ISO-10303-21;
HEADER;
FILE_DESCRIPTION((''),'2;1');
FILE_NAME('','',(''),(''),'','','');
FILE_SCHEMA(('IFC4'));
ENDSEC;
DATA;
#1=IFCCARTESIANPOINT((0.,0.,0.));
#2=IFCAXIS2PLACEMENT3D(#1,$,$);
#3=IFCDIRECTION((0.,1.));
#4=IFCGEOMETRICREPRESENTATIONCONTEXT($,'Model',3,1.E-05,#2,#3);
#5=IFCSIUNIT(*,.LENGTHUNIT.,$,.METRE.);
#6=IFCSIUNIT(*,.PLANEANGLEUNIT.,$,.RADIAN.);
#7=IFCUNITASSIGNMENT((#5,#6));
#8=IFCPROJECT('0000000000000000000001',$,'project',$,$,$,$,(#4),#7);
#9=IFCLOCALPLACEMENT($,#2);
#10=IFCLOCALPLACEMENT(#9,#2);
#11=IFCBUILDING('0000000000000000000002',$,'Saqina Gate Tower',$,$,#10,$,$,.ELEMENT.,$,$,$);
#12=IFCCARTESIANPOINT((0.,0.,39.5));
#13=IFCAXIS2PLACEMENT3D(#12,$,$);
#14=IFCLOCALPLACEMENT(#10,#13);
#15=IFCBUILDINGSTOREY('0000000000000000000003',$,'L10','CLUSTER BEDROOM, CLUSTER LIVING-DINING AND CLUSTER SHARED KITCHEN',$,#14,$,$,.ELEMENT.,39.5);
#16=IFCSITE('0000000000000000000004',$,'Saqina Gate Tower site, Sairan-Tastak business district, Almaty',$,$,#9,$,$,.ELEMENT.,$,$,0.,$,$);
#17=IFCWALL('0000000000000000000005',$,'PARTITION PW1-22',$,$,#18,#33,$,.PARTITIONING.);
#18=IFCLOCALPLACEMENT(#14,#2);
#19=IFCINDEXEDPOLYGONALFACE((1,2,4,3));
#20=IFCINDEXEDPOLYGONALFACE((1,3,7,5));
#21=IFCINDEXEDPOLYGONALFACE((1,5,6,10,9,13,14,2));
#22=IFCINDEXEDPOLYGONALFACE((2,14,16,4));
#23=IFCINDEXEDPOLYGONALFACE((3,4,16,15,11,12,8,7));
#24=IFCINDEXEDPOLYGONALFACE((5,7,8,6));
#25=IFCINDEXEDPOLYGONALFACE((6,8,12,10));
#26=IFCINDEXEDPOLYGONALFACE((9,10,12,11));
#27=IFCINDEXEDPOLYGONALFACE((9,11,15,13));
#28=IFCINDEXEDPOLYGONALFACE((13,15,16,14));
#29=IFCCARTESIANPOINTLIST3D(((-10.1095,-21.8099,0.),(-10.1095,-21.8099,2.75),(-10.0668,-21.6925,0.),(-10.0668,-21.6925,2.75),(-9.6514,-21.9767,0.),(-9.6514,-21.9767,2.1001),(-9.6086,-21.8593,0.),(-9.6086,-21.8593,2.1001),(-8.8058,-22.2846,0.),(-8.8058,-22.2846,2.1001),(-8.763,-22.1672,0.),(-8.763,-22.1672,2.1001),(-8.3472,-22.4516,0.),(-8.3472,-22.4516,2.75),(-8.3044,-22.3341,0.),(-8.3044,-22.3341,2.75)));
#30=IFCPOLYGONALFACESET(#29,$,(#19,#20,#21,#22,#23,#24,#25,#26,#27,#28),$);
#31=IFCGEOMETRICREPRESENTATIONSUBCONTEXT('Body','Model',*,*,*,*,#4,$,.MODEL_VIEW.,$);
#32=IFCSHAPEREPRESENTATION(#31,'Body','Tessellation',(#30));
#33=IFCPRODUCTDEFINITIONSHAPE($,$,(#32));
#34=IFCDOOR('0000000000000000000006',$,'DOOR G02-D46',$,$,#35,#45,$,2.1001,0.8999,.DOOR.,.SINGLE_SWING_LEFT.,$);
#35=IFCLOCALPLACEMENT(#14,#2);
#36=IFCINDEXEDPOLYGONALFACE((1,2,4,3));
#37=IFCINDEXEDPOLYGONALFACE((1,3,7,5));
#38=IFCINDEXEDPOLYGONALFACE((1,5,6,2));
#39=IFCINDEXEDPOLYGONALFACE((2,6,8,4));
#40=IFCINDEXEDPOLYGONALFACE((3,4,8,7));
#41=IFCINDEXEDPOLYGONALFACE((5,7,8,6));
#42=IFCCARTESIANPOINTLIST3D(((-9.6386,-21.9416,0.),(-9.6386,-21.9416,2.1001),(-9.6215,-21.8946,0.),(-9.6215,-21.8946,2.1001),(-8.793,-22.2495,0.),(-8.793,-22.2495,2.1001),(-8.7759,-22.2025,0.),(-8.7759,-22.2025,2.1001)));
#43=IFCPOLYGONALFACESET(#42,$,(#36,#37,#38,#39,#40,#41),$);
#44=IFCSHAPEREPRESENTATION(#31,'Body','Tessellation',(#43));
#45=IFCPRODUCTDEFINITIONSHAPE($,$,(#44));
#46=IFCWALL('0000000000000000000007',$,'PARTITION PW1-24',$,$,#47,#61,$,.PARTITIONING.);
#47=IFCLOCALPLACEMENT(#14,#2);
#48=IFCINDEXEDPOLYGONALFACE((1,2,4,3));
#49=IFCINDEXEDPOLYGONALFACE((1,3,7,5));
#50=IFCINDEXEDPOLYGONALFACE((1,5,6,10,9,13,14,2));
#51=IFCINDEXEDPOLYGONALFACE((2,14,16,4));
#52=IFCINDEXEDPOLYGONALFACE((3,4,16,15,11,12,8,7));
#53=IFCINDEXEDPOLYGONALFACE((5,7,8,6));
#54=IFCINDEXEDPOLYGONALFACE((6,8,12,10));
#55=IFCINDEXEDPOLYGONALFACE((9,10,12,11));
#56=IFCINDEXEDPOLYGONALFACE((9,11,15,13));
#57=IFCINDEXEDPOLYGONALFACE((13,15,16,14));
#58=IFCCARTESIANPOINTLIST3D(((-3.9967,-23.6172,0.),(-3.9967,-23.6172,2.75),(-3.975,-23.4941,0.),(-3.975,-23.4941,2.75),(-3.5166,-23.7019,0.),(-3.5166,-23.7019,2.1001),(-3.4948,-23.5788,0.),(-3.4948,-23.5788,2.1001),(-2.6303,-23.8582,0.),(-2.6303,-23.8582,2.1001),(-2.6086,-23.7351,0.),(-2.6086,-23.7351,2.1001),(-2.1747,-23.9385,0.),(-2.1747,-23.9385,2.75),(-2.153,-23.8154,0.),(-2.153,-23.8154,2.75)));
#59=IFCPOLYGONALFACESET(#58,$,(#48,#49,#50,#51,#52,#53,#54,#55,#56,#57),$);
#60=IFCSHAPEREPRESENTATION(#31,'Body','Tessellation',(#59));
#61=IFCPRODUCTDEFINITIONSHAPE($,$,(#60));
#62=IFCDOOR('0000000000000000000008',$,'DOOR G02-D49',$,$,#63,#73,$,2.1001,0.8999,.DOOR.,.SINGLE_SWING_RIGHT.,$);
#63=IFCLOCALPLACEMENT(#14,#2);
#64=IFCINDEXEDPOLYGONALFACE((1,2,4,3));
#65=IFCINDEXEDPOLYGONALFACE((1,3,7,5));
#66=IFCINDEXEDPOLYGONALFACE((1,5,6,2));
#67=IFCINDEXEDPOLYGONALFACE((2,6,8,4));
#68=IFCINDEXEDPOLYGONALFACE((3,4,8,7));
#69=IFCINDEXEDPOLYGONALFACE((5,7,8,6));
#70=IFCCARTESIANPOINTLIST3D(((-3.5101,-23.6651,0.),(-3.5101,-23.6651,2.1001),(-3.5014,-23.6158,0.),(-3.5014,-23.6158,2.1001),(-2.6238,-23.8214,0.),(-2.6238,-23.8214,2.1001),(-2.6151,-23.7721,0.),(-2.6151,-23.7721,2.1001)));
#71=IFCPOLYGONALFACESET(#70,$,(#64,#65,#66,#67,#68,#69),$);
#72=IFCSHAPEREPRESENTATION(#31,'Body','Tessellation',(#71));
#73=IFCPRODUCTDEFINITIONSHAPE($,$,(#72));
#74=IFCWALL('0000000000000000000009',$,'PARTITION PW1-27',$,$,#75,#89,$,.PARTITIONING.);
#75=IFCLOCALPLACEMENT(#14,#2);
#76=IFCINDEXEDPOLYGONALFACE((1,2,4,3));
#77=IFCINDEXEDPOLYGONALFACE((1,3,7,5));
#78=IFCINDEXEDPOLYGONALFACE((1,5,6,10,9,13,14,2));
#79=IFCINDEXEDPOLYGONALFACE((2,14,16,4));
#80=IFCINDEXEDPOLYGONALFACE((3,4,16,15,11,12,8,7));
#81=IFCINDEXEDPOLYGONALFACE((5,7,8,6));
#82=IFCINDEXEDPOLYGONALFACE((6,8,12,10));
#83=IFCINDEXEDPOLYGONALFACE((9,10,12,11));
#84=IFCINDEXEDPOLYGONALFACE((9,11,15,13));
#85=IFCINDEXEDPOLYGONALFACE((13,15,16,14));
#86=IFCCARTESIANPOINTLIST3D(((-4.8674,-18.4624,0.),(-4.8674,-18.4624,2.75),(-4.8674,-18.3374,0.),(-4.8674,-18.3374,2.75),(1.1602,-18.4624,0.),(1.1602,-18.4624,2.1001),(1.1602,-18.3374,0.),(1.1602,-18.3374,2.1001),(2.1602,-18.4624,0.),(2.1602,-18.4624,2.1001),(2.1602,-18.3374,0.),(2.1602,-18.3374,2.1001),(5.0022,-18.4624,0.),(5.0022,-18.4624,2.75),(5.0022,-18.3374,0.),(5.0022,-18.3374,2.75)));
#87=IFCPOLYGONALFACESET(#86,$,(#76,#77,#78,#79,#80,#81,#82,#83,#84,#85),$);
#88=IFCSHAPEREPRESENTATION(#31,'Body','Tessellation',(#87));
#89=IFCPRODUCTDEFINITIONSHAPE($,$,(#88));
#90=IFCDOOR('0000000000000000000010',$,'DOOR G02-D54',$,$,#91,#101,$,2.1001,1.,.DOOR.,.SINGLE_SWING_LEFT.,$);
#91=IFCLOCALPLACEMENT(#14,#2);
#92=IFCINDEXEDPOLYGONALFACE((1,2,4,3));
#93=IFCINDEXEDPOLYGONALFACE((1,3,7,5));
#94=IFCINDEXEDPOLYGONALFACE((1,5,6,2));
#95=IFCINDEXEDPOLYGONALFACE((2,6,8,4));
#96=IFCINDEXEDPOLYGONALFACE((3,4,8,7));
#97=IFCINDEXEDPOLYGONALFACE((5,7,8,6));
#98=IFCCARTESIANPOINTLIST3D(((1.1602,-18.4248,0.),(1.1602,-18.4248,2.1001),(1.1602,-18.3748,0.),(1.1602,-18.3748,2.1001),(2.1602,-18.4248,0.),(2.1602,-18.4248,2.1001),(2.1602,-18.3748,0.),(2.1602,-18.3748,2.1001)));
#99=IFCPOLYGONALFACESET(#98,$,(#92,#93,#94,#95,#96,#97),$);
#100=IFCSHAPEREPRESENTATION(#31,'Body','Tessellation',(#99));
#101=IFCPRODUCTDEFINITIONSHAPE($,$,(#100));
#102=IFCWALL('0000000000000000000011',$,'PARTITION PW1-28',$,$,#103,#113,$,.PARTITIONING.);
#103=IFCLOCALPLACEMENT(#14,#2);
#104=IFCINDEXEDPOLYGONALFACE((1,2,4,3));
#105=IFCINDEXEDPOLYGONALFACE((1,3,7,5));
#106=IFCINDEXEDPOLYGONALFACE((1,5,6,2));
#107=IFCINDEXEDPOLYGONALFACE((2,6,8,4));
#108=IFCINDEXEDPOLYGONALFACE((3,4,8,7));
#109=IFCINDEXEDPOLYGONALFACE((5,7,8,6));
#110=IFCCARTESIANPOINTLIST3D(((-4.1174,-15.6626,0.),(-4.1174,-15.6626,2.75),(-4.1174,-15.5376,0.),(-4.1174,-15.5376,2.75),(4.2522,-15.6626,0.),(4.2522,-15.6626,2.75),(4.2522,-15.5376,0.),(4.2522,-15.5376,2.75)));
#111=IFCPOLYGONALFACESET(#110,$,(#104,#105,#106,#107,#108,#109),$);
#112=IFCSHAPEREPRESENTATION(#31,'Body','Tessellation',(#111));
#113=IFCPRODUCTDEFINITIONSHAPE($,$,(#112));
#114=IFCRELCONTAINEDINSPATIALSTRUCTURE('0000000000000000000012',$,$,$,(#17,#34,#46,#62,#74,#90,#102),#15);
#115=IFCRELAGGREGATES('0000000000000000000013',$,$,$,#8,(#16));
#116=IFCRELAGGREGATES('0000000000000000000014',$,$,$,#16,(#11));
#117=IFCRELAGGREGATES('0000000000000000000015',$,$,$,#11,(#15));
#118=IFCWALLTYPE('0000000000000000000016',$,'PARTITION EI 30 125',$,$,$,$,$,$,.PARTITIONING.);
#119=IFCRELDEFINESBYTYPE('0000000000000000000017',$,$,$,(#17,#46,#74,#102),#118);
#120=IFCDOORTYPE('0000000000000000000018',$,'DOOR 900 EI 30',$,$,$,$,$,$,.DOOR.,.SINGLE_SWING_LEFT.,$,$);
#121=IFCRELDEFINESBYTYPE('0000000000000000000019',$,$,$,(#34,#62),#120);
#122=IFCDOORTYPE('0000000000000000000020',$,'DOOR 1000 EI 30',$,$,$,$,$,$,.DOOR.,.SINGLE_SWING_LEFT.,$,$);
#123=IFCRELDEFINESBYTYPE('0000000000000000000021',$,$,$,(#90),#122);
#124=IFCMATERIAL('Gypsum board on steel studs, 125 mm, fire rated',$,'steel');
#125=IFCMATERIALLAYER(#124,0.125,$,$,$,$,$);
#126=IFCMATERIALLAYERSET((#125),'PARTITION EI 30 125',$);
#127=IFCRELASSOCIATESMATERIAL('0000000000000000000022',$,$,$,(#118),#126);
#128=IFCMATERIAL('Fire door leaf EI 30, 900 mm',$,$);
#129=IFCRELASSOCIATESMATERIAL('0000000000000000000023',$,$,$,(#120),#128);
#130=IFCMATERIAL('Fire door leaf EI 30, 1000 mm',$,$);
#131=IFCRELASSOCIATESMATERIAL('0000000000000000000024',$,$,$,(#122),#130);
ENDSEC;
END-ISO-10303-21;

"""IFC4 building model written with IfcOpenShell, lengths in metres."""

from ifc_helpers import new_model, si_unit, direction, frame, frame_2d, origin, place, context, subcontext, project, spatial, rectangle, extrude, material, layer, layer_set, type_object, element, fill, save


model = new_model("IFC4")

# Units and contexts
model_context = context("Model", 3, precision=1e-05, world=origin(), true_north=direction((0.0, 1.0)))
body_context = subcontext(model_context, "Body", "Model", "MODEL_VIEW")
ifc_project = project(units=[si_unit("LENGTHUNIT", "METRE"), si_unit("PLANEANGLEUNIT", "RADIAN")], contexts=[model_context])

# Site, building, storey
site_placement = place(None, origin())
site = spatial("IfcSite", under=ifc_project, at=site_placement, Name="Saqina Gate Tower site, Sairan-Tastak business district, Almaty", CompositionType="ELEMENT", RefElevation=0.0)
building_placement = place(site_placement, origin())
building = spatial("IfcBuilding", under=site, at=building_placement, Name="Saqina Gate Tower", CompositionType="ELEMENT")
storey_placement = place(building_placement, frame((0.0, 0.0, 39.5)))
storey = spatial("IfcBuildingStorey", under=building, at=storey_placement, Name="L10", Description="CLUSTER BEDROOM, CLUSTER LIVING-DINING AND CLUSTER SHARED KITCHEN", CompositionType="ELEMENT", Elevation=39.5)

# Walls, openings, doors
ifc_material_1 = material(Name="Gypsum board on steel studs, 125 mm, fire rated", Category="steel")
ifc_layer_1 = layer(ifc_material_1, 0.125)
ifc_layer_set_1 = layer_set([ifc_layer_1], Name="PARTITION EI 30 125")
wall_type_1 = type_object("IfcWallType", Name="PARTITION EI 30 125", PredefinedType="PARTITIONING", material=ifc_layer_set_1)
ifc_material_2 = material(Name="Fire door leaf EI 30, 900 mm")
door_type_1 = type_object("IfcDoorType", Name="DOOR 900 EI 30", OperationType="SINGLE_SWING_LEFT", PredefinedType="DOOR", material=ifc_material_2)
wall_1_placement = place(storey_placement, frame((-10.0881, -21.7512, 0.0), z_axis=(0.0, 0.0, 1.0), x_axis=(0.939657, -0.342119, 0.0)))
wall_1 = element("IfcWall", 1, at=wall_1_placement, inside=storey, type_object=wall_type_1, Name="PARTITION PW1-22", PredefinedType="PARTITIONING", context=body_context, shape_type="SweptSolid", body=[
    extrude(rectangle(XDim=1.8755, YDim=0.125, at=frame_2d((0.9377, 0.0))), origin(), (0.0, 0.0, 1.0), 2.75),
])
opening_1_placement = place(wall_1_placement, frame((0.4875, 0.0, 0.0)))
opening_1 = element("IfcOpeningElement", 2, at=opening_1_placement, cuts=wall_1, PredefinedType="OPENING", context=body_context, shape_type="SweptSolid", body=[
    extrude(rectangle(XDim=0.8999, YDim=2.1001, at=frame_2d((0.45, 1.05))), frame((0.0, 0.0745, 0.0), z_axis=(0.0, -1.0, 0.0), x_axis=(1.0, 0.0, 0.0)), (0.0, 0.0, 1.0), 0.1489),
])
door_1_placement = place(opening_1_placement, origin())
door_1 = element("IfcDoor", 3, at=door_1_placement, inside=storey, type_object=door_type_1, Name="DOOR G02-D46", OperationType="SINGLE_SWING_LEFT", OverallHeight=2.1001, OverallWidth=0.8999, PredefinedType="DOOR", context=body_context, shape_type="SweptSolid", body=[
    extrude(rectangle(XDim=0.8999, YDim=2.1001, at=frame_2d((0.45, 1.05))), frame((0.0, 0.0249, 0.0), z_axis=(0.0, -1.0, 0.0), x_axis=(1.0, 0.0, 0.0)), (0.0, 0.0, 1.0), 0.05),
])
fill(opening_1, door_1)
wall_2_placement = place(storey_placement, frame((-3.9858, -23.5557, 0.0), z_axis=(0.0, 0.0, 1.0), x_axis=(0.984806, -0.173657, 0.0)))
wall_2 = element("IfcWall", 4, at=wall_2_placement, inside=storey, type_object=wall_type_1, Name="PARTITION PW1-24", PredefinedType="PARTITIONING", context=body_context, shape_type="SweptSolid", body=[
    extrude(rectangle(XDim=1.8501, YDim=0.125, at=frame_2d((0.925, 0.0))), origin(), (0.0, 0.0, 1.0), 2.75),
])
opening_2_placement = place(wall_2_placement, frame((0.4875, 0.0, 0.0)))
opening_2 = element("IfcOpeningElement", 5, at=opening_2_placement, cuts=wall_2, PredefinedType="OPENING", context=body_context, shape_type="SweptSolid", body=[
    extrude(rectangle(XDim=0.8999, YDim=2.1001, at=frame_2d((0.45, 1.05))), frame((0.0, 0.0745, 0.0), z_axis=(0.0, -1.0, 0.0), x_axis=(1.0, 0.0, 0.0)), (0.0, 0.0, 1.0), 0.1489),
])
door_2_placement = place(opening_2_placement, origin())
door_2 = element("IfcDoor", 6, at=door_2_placement, inside=storey, type_object=door_type_1, Name="DOOR G02-D49", OperationType="SINGLE_SWING_RIGHT", OverallHeight=2.1001, OverallWidth=0.8999, PredefinedType="DOOR", context=body_context, shape_type="SweptSolid", body=[
    extrude(rectangle(XDim=0.8999, YDim=2.1001, at=frame_2d((0.45, 1.05))), frame((0.0, 0.0249, 0.0), z_axis=(0.0, -1.0, 0.0), x_axis=(1.0, 0.0, 0.0)), (0.0, 0.0, 1.0), 0.05),
])
fill(opening_2, door_2)
wall_3_placement = place(storey_placement, frame((-4.8674, -18.3999, 0.0), z_axis=(0.0, 0.0, 1.0), x_axis=(1.0, 0.0, 0.0)))
wall_3 = element("IfcWall", 7, at=wall_3_placement, inside=storey, type_object=wall_type_1, Name="PARTITION PW1-27", PredefinedType="PARTITIONING", context=body_context, shape_type="SweptSolid", body=[
    extrude(rectangle(XDim=9.8696, YDim=0.125, at=frame_2d((4.9348, 0.0))), origin(), (0.0, 0.0, 1.0), 2.75),
])
opening_3_placement = place(wall_3_placement, frame((6.0276, 0.0, 0.0)))
opening_3 = element("IfcOpeningElement", 8, at=opening_3_placement, cuts=wall_3, PredefinedType="OPENING", context=body_context, shape_type="SweptSolid", body=[
    extrude(rectangle(XDim=1.0, YDim=2.1001, at=frame_2d((0.5, 1.05))), frame((0.0, 0.0745, 0.0), z_axis=(0.0, -1.0, 0.0), x_axis=(1.0, 0.0, 0.0)), (0.0, 0.0, 1.0), 0.1489),
])
ifc_material_3 = material(Name="Fire door leaf EI 30, 1000 mm")
door_type_2 = type_object("IfcDoorType", Name="DOOR 1000 EI 30", OperationType="SINGLE_SWING_LEFT", PredefinedType="DOOR", material=ifc_material_3)
door_3_placement = place(opening_3_placement, frame((1.0, 0.0, 0.0), z_axis=(0.0, 0.0, 1.0), x_axis=(-1.0, 0.0, 0.0)))
door_3 = element("IfcDoor", 9, at=door_3_placement, inside=storey, type_object=door_type_2, Name="DOOR G02-D54", OperationType="SINGLE_SWING_LEFT", OverallHeight=2.1001, OverallWidth=1.0, PredefinedType="DOOR", context=body_context, shape_type="SweptSolid", body=[
    extrude(rectangle(XDim=1.0, YDim=2.1001, at=frame_2d((0.5, 1.05))), frame((0.0, 0.0249, 0.0), z_axis=(0.0, -1.0, 0.0), x_axis=(1.0, 0.0, 0.0)), (0.0, 0.0, 1.0), 0.05),
])
fill(opening_3, door_3)

# Wall
wall_4_placement = place(storey_placement, frame((-4.1174, -15.6001, 0.0), z_axis=(0.0, 0.0, 1.0), x_axis=(1.0, 0.0, 0.0)))
element("IfcWall", 10, at=wall_4_placement, inside=storey, type_object=wall_type_1, Name="PARTITION PW1-28", PredefinedType="PARTITIONING", context=body_context, shape_type="SweptSolid", body=[
    extrude(rectangle(XDim=8.3696, YDim=0.125, at=frame_2d((4.1848, 0.0))), origin(), (0.0, 0.0, 1.0), 2.75),
])

save(model, "model.ifc")
